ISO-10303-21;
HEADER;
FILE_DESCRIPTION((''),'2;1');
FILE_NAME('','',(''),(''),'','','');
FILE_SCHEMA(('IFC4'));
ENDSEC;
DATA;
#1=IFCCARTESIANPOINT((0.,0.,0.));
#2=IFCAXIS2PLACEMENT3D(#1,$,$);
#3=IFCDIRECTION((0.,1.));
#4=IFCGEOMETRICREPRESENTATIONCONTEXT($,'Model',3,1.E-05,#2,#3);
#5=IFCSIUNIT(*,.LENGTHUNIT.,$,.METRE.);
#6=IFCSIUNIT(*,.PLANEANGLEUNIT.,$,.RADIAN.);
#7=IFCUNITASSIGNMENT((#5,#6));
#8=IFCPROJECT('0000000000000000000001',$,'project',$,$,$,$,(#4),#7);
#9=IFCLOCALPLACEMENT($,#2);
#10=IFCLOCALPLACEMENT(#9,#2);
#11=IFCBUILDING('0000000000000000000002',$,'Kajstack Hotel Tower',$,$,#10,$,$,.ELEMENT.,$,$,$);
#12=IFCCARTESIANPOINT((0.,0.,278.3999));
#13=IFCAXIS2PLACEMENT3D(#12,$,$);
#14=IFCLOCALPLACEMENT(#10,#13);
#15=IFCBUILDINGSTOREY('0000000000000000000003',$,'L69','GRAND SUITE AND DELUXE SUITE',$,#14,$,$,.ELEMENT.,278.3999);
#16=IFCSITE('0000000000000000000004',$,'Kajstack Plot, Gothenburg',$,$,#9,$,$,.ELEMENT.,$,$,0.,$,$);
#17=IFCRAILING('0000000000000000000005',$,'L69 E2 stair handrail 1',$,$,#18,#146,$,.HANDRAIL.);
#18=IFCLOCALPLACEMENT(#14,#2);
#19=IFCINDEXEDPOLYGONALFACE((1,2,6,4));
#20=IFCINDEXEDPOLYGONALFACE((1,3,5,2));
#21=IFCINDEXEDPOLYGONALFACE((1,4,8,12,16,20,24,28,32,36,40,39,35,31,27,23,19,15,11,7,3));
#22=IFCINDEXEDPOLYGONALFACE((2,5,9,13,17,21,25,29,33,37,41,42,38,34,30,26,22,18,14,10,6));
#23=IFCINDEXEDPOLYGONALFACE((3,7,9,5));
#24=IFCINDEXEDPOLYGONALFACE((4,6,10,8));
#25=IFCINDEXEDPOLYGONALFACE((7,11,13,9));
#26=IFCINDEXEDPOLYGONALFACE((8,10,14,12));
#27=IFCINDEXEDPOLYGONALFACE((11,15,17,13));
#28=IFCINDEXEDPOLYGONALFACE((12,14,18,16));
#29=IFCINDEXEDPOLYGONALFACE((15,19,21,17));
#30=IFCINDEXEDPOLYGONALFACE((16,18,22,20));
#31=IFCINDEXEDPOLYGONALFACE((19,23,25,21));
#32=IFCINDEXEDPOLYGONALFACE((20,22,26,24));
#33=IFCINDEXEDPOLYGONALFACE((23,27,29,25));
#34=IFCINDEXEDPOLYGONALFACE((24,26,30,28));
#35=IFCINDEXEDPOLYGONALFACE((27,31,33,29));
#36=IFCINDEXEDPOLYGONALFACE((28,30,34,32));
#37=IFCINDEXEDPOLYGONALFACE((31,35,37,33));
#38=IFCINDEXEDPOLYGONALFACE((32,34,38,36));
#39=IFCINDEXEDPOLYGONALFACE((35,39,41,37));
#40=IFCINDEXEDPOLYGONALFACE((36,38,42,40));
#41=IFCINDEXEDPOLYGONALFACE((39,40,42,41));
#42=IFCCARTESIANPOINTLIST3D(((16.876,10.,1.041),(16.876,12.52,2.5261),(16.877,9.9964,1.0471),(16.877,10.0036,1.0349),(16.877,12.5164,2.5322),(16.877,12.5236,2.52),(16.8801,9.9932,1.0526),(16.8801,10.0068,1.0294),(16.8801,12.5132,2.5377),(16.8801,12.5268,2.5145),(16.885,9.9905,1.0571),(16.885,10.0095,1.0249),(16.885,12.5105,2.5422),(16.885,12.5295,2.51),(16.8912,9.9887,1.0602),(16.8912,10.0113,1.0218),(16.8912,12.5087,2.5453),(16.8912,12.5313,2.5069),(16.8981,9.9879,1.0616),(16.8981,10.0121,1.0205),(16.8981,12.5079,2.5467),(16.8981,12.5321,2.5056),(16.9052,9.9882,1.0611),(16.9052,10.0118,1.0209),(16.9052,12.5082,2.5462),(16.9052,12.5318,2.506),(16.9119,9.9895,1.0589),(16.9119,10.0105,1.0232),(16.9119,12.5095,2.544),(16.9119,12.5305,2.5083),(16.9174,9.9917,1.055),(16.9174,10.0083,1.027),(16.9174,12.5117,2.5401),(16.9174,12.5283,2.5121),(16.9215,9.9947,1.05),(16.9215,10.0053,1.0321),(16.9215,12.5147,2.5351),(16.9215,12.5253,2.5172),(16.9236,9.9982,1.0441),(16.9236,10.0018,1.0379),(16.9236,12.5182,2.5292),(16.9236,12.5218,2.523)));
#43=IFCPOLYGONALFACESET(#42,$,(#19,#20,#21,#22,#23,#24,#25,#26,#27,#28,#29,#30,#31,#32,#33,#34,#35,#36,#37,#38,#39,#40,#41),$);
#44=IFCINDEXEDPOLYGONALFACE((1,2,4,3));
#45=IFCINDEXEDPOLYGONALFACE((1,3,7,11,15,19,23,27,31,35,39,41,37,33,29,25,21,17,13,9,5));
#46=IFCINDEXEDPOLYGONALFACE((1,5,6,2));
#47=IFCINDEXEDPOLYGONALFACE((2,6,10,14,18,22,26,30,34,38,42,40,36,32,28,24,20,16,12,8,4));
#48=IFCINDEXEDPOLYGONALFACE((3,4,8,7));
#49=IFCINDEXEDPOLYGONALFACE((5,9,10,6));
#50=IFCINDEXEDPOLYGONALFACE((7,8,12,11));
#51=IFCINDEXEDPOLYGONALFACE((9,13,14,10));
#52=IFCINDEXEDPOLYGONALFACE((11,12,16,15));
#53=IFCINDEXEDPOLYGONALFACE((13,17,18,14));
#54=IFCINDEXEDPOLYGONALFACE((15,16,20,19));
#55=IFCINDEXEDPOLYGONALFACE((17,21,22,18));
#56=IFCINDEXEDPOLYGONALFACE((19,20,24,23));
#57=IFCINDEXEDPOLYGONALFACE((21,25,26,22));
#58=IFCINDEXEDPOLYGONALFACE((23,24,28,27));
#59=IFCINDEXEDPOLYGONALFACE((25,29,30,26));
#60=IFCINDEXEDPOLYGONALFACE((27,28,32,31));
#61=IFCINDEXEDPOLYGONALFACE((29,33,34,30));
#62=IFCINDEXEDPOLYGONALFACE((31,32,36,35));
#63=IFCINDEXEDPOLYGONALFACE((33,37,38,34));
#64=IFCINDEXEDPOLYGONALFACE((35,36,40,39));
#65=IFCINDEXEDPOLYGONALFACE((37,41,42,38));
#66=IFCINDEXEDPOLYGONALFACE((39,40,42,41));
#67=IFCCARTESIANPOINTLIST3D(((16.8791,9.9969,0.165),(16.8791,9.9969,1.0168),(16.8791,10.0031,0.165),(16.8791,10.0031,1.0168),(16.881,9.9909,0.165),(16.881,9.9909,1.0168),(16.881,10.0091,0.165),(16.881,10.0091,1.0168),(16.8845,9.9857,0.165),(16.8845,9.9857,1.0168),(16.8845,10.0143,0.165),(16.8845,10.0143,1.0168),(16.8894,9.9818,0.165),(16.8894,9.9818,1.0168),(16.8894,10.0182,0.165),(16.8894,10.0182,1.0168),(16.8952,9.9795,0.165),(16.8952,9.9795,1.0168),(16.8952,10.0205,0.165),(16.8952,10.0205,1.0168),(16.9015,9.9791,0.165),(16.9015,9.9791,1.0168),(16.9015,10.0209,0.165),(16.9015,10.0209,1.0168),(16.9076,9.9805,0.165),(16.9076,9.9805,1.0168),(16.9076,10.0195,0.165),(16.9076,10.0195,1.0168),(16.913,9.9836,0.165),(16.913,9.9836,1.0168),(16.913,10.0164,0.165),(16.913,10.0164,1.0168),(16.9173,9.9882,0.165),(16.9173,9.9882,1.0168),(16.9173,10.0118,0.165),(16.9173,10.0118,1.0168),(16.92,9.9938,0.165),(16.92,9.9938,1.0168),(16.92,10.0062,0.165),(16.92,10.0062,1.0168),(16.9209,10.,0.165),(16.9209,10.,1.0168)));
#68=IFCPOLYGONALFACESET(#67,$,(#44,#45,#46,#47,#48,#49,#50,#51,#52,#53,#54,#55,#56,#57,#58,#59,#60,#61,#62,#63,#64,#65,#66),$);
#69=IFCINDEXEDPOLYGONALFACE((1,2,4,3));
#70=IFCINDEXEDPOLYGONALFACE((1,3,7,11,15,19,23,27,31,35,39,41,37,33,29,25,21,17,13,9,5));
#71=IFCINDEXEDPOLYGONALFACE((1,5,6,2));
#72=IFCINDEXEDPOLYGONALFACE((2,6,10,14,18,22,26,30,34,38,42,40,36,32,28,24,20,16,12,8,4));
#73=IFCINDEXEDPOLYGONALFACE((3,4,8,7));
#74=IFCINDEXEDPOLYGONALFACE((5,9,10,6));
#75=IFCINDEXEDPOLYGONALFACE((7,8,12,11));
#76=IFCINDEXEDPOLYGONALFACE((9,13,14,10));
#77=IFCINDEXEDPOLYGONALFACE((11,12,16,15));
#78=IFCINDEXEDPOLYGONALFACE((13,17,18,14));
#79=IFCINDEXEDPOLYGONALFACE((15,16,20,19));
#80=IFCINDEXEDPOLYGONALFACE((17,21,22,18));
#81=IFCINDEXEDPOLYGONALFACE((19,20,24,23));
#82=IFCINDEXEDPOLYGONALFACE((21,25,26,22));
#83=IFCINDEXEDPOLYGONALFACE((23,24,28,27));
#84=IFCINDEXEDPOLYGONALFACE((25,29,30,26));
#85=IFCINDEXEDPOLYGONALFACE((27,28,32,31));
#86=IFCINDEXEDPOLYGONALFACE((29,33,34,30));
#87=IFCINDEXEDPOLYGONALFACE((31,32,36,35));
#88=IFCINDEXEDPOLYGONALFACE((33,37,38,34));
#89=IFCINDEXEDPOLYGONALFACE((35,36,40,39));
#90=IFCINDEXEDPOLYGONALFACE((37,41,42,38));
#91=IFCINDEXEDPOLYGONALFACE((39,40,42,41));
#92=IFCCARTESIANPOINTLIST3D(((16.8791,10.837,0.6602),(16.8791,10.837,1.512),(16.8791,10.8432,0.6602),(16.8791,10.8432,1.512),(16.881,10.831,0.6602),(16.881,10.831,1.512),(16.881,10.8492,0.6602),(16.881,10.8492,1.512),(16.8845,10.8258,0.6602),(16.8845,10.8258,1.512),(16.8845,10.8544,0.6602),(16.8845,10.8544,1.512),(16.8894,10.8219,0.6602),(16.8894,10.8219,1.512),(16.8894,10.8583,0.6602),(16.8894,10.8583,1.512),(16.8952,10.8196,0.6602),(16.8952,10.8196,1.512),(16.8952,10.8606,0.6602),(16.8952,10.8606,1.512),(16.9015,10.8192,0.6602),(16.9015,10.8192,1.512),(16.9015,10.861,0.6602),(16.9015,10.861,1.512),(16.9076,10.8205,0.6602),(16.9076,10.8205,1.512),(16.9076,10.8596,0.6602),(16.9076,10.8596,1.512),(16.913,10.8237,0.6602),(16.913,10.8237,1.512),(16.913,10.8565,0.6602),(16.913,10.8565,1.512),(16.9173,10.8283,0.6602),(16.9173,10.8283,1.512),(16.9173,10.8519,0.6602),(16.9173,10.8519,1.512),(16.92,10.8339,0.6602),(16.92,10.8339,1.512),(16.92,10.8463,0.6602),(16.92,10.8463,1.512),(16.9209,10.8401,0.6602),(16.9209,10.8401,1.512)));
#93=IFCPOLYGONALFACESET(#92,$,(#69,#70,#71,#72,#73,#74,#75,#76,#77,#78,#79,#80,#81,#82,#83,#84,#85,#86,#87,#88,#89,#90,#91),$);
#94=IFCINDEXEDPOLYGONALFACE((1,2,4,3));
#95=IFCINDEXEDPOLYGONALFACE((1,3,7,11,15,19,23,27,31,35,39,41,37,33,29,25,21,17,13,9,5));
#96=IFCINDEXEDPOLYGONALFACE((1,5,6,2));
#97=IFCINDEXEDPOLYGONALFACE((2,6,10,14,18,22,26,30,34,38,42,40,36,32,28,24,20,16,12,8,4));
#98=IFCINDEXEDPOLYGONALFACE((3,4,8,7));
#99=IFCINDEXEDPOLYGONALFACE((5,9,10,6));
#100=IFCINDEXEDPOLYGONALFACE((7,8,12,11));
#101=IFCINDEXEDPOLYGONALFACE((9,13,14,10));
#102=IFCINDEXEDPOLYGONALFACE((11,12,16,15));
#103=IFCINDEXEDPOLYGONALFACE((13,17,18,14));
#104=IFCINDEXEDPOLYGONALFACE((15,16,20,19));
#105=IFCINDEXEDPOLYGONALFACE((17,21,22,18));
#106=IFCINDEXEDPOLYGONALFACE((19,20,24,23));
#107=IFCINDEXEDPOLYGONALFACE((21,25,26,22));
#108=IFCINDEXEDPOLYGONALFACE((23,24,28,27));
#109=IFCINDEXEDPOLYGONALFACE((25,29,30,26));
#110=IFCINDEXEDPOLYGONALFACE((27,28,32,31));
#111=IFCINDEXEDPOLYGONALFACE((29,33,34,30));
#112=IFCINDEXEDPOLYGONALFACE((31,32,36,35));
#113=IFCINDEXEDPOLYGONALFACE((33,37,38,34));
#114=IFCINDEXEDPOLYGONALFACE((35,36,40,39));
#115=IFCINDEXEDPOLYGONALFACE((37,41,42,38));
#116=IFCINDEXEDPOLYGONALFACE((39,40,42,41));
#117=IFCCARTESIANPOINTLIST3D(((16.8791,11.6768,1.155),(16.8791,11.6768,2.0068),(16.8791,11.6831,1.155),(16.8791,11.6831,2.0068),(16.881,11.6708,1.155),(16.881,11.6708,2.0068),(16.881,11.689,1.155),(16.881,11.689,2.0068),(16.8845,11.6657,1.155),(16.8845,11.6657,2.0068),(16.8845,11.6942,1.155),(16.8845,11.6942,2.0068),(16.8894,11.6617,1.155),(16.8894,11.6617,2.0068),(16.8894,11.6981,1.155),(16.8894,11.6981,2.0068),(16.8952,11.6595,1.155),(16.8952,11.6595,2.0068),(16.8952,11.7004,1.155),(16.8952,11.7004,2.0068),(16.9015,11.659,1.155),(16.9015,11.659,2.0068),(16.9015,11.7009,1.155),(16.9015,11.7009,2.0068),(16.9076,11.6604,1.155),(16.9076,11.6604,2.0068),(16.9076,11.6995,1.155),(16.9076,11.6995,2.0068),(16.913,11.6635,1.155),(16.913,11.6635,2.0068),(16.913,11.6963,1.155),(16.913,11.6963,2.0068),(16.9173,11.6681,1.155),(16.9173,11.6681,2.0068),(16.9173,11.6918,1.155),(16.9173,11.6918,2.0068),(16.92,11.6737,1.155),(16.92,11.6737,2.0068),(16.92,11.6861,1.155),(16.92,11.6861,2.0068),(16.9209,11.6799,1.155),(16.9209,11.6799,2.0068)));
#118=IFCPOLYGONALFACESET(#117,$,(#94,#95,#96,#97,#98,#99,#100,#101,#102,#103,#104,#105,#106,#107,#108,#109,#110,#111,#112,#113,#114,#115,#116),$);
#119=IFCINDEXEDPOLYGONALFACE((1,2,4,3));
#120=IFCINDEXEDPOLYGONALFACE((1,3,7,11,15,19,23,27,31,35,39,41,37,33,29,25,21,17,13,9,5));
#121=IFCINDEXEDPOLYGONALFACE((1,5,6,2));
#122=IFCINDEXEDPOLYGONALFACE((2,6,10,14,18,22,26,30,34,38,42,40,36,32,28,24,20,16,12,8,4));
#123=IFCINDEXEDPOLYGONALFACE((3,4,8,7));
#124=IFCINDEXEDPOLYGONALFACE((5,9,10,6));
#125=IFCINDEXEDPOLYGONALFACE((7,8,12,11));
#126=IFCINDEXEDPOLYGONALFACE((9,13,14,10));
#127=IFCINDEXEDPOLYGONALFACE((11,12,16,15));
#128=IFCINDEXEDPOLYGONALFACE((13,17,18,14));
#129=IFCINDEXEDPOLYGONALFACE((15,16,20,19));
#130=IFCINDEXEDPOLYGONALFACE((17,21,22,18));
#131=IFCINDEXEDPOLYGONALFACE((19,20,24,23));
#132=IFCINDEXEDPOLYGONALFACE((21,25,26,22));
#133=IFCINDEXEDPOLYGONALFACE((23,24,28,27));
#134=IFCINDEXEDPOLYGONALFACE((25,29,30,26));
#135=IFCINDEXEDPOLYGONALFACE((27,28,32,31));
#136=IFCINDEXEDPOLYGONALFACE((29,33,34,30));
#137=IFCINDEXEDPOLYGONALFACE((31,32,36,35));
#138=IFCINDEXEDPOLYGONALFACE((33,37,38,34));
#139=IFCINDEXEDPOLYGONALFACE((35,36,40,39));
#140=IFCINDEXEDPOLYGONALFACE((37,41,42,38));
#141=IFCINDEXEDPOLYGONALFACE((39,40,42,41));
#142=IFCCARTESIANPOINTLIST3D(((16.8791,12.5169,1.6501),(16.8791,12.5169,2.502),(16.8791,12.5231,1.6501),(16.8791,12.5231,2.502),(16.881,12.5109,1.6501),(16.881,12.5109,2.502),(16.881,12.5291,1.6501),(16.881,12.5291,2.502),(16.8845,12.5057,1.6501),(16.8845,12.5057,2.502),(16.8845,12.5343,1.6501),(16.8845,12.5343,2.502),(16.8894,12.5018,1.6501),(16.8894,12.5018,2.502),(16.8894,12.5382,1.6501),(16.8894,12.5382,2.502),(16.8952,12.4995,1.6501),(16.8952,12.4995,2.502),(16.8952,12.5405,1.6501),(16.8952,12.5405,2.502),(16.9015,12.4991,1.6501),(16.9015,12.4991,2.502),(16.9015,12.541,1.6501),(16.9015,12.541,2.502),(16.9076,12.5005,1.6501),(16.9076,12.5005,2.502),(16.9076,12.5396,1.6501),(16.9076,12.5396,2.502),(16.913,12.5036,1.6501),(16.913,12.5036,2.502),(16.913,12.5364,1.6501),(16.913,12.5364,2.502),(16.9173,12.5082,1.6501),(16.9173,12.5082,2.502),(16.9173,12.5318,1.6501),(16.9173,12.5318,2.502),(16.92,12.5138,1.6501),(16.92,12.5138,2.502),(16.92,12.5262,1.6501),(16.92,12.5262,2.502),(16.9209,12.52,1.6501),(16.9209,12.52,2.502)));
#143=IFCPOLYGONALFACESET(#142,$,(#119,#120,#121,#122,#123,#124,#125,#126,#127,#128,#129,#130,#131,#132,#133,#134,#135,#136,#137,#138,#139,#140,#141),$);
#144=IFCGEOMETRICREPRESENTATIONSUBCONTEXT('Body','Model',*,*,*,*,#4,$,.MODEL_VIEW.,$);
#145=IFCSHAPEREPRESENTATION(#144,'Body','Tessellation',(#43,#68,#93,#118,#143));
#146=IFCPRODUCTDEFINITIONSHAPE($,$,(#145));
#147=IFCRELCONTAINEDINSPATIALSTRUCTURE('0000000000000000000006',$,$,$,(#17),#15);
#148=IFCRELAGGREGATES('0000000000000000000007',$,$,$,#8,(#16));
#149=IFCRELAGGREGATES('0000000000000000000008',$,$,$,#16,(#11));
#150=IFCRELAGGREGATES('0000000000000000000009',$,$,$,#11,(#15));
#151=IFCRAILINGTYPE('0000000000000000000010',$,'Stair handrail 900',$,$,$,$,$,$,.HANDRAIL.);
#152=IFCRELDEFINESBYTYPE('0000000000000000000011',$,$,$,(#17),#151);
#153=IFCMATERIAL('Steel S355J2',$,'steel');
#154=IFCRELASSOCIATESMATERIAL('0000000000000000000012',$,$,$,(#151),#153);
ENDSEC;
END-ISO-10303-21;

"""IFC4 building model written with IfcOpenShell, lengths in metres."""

from ifc_helpers import new_model, si_unit, direction, frame, origin, origin_2d, place, context, subcontext, project, spatial, circle, extrude, material, type_object, element, save


model = new_model("IFC4")

# Units and contexts
model_context = context("Model", 3, precision=1e-05, world=origin(), true_north=direction((0.0, 1.0)))
body_context = subcontext(model_context, "Body", "Model", "MODEL_VIEW")
ifc_project = project(units=[si_unit("LENGTHUNIT", "METRE"), si_unit("PLANEANGLEUNIT", "RADIAN")], contexts=[model_context])

# Site, building, storey
site_placement = place(None, origin())
site = spatial("IfcSite", under=ifc_project, at=site_placement, Name="Kajstack Plot, Gothenburg", CompositionType="ELEMENT", RefElevation=0.0)
building_placement = place(site_placement, origin())
building = spatial("IfcBuilding", under=site, at=building_placement, Name="Kajstack Hotel Tower", CompositionType="ELEMENT")
storey_placement = place(building_placement, frame((0.0, 0.0, 278.3999)))
storey = spatial("IfcBuildingStorey", under=building, at=storey_placement, Name="L69", Description="GRAND SUITE AND DELUXE SUITE", CompositionType="ELEMENT", Elevation=278.3999)

# Railing
ifc_material_1 = material(Name="Steel S355J2", Category="steel")
railing_type_1 = type_object("IfcRailingType", Name="Stair handrail 900", PredefinedType="HANDRAIL", material=ifc_material_1)
railing_1_placement = place(storey_placement, frame((16.8999, 10.0, 0.165)))
element("IfcRailing", 1, at=railing_1_placement, inside=storey, type_object=railing_type_1, Name="L69 E2 stair handrail 1", PredefinedType="HANDRAIL", context=body_context, shape_type="SweptSolid", body=[
    extrude(circle(Radius=0.0239, at=origin_2d()), frame((0.0, 0.0, 0.876), z_axis=(0.0, 0.861524, 0.507717), x_axis=(-1.0, 0.0, 0.0)), (0.0, 0.0, 1.0), 2.925),
    extrude(circle(Radius=0.021, at=origin_2d()), origin(), (0.0, 0.0, 1.0), 0.8518),
    extrude(circle(Radius=0.021, at=origin_2d()), frame((0.0, 0.8401, 0.4951)), (0.0, 0.0, 1.0), 0.8518),
    extrude(circle(Radius=0.021, at=origin_2d()), frame((0.0, 1.6799, 0.99)), (0.0, 0.0, 1.0), 0.8518),
    extrude(circle(Radius=0.021, at=origin_2d()), frame((0.0, 2.52, 1.4851)), (0.0, 0.0, 1.0), 0.8518),
])

save(model, "model.ifc")
